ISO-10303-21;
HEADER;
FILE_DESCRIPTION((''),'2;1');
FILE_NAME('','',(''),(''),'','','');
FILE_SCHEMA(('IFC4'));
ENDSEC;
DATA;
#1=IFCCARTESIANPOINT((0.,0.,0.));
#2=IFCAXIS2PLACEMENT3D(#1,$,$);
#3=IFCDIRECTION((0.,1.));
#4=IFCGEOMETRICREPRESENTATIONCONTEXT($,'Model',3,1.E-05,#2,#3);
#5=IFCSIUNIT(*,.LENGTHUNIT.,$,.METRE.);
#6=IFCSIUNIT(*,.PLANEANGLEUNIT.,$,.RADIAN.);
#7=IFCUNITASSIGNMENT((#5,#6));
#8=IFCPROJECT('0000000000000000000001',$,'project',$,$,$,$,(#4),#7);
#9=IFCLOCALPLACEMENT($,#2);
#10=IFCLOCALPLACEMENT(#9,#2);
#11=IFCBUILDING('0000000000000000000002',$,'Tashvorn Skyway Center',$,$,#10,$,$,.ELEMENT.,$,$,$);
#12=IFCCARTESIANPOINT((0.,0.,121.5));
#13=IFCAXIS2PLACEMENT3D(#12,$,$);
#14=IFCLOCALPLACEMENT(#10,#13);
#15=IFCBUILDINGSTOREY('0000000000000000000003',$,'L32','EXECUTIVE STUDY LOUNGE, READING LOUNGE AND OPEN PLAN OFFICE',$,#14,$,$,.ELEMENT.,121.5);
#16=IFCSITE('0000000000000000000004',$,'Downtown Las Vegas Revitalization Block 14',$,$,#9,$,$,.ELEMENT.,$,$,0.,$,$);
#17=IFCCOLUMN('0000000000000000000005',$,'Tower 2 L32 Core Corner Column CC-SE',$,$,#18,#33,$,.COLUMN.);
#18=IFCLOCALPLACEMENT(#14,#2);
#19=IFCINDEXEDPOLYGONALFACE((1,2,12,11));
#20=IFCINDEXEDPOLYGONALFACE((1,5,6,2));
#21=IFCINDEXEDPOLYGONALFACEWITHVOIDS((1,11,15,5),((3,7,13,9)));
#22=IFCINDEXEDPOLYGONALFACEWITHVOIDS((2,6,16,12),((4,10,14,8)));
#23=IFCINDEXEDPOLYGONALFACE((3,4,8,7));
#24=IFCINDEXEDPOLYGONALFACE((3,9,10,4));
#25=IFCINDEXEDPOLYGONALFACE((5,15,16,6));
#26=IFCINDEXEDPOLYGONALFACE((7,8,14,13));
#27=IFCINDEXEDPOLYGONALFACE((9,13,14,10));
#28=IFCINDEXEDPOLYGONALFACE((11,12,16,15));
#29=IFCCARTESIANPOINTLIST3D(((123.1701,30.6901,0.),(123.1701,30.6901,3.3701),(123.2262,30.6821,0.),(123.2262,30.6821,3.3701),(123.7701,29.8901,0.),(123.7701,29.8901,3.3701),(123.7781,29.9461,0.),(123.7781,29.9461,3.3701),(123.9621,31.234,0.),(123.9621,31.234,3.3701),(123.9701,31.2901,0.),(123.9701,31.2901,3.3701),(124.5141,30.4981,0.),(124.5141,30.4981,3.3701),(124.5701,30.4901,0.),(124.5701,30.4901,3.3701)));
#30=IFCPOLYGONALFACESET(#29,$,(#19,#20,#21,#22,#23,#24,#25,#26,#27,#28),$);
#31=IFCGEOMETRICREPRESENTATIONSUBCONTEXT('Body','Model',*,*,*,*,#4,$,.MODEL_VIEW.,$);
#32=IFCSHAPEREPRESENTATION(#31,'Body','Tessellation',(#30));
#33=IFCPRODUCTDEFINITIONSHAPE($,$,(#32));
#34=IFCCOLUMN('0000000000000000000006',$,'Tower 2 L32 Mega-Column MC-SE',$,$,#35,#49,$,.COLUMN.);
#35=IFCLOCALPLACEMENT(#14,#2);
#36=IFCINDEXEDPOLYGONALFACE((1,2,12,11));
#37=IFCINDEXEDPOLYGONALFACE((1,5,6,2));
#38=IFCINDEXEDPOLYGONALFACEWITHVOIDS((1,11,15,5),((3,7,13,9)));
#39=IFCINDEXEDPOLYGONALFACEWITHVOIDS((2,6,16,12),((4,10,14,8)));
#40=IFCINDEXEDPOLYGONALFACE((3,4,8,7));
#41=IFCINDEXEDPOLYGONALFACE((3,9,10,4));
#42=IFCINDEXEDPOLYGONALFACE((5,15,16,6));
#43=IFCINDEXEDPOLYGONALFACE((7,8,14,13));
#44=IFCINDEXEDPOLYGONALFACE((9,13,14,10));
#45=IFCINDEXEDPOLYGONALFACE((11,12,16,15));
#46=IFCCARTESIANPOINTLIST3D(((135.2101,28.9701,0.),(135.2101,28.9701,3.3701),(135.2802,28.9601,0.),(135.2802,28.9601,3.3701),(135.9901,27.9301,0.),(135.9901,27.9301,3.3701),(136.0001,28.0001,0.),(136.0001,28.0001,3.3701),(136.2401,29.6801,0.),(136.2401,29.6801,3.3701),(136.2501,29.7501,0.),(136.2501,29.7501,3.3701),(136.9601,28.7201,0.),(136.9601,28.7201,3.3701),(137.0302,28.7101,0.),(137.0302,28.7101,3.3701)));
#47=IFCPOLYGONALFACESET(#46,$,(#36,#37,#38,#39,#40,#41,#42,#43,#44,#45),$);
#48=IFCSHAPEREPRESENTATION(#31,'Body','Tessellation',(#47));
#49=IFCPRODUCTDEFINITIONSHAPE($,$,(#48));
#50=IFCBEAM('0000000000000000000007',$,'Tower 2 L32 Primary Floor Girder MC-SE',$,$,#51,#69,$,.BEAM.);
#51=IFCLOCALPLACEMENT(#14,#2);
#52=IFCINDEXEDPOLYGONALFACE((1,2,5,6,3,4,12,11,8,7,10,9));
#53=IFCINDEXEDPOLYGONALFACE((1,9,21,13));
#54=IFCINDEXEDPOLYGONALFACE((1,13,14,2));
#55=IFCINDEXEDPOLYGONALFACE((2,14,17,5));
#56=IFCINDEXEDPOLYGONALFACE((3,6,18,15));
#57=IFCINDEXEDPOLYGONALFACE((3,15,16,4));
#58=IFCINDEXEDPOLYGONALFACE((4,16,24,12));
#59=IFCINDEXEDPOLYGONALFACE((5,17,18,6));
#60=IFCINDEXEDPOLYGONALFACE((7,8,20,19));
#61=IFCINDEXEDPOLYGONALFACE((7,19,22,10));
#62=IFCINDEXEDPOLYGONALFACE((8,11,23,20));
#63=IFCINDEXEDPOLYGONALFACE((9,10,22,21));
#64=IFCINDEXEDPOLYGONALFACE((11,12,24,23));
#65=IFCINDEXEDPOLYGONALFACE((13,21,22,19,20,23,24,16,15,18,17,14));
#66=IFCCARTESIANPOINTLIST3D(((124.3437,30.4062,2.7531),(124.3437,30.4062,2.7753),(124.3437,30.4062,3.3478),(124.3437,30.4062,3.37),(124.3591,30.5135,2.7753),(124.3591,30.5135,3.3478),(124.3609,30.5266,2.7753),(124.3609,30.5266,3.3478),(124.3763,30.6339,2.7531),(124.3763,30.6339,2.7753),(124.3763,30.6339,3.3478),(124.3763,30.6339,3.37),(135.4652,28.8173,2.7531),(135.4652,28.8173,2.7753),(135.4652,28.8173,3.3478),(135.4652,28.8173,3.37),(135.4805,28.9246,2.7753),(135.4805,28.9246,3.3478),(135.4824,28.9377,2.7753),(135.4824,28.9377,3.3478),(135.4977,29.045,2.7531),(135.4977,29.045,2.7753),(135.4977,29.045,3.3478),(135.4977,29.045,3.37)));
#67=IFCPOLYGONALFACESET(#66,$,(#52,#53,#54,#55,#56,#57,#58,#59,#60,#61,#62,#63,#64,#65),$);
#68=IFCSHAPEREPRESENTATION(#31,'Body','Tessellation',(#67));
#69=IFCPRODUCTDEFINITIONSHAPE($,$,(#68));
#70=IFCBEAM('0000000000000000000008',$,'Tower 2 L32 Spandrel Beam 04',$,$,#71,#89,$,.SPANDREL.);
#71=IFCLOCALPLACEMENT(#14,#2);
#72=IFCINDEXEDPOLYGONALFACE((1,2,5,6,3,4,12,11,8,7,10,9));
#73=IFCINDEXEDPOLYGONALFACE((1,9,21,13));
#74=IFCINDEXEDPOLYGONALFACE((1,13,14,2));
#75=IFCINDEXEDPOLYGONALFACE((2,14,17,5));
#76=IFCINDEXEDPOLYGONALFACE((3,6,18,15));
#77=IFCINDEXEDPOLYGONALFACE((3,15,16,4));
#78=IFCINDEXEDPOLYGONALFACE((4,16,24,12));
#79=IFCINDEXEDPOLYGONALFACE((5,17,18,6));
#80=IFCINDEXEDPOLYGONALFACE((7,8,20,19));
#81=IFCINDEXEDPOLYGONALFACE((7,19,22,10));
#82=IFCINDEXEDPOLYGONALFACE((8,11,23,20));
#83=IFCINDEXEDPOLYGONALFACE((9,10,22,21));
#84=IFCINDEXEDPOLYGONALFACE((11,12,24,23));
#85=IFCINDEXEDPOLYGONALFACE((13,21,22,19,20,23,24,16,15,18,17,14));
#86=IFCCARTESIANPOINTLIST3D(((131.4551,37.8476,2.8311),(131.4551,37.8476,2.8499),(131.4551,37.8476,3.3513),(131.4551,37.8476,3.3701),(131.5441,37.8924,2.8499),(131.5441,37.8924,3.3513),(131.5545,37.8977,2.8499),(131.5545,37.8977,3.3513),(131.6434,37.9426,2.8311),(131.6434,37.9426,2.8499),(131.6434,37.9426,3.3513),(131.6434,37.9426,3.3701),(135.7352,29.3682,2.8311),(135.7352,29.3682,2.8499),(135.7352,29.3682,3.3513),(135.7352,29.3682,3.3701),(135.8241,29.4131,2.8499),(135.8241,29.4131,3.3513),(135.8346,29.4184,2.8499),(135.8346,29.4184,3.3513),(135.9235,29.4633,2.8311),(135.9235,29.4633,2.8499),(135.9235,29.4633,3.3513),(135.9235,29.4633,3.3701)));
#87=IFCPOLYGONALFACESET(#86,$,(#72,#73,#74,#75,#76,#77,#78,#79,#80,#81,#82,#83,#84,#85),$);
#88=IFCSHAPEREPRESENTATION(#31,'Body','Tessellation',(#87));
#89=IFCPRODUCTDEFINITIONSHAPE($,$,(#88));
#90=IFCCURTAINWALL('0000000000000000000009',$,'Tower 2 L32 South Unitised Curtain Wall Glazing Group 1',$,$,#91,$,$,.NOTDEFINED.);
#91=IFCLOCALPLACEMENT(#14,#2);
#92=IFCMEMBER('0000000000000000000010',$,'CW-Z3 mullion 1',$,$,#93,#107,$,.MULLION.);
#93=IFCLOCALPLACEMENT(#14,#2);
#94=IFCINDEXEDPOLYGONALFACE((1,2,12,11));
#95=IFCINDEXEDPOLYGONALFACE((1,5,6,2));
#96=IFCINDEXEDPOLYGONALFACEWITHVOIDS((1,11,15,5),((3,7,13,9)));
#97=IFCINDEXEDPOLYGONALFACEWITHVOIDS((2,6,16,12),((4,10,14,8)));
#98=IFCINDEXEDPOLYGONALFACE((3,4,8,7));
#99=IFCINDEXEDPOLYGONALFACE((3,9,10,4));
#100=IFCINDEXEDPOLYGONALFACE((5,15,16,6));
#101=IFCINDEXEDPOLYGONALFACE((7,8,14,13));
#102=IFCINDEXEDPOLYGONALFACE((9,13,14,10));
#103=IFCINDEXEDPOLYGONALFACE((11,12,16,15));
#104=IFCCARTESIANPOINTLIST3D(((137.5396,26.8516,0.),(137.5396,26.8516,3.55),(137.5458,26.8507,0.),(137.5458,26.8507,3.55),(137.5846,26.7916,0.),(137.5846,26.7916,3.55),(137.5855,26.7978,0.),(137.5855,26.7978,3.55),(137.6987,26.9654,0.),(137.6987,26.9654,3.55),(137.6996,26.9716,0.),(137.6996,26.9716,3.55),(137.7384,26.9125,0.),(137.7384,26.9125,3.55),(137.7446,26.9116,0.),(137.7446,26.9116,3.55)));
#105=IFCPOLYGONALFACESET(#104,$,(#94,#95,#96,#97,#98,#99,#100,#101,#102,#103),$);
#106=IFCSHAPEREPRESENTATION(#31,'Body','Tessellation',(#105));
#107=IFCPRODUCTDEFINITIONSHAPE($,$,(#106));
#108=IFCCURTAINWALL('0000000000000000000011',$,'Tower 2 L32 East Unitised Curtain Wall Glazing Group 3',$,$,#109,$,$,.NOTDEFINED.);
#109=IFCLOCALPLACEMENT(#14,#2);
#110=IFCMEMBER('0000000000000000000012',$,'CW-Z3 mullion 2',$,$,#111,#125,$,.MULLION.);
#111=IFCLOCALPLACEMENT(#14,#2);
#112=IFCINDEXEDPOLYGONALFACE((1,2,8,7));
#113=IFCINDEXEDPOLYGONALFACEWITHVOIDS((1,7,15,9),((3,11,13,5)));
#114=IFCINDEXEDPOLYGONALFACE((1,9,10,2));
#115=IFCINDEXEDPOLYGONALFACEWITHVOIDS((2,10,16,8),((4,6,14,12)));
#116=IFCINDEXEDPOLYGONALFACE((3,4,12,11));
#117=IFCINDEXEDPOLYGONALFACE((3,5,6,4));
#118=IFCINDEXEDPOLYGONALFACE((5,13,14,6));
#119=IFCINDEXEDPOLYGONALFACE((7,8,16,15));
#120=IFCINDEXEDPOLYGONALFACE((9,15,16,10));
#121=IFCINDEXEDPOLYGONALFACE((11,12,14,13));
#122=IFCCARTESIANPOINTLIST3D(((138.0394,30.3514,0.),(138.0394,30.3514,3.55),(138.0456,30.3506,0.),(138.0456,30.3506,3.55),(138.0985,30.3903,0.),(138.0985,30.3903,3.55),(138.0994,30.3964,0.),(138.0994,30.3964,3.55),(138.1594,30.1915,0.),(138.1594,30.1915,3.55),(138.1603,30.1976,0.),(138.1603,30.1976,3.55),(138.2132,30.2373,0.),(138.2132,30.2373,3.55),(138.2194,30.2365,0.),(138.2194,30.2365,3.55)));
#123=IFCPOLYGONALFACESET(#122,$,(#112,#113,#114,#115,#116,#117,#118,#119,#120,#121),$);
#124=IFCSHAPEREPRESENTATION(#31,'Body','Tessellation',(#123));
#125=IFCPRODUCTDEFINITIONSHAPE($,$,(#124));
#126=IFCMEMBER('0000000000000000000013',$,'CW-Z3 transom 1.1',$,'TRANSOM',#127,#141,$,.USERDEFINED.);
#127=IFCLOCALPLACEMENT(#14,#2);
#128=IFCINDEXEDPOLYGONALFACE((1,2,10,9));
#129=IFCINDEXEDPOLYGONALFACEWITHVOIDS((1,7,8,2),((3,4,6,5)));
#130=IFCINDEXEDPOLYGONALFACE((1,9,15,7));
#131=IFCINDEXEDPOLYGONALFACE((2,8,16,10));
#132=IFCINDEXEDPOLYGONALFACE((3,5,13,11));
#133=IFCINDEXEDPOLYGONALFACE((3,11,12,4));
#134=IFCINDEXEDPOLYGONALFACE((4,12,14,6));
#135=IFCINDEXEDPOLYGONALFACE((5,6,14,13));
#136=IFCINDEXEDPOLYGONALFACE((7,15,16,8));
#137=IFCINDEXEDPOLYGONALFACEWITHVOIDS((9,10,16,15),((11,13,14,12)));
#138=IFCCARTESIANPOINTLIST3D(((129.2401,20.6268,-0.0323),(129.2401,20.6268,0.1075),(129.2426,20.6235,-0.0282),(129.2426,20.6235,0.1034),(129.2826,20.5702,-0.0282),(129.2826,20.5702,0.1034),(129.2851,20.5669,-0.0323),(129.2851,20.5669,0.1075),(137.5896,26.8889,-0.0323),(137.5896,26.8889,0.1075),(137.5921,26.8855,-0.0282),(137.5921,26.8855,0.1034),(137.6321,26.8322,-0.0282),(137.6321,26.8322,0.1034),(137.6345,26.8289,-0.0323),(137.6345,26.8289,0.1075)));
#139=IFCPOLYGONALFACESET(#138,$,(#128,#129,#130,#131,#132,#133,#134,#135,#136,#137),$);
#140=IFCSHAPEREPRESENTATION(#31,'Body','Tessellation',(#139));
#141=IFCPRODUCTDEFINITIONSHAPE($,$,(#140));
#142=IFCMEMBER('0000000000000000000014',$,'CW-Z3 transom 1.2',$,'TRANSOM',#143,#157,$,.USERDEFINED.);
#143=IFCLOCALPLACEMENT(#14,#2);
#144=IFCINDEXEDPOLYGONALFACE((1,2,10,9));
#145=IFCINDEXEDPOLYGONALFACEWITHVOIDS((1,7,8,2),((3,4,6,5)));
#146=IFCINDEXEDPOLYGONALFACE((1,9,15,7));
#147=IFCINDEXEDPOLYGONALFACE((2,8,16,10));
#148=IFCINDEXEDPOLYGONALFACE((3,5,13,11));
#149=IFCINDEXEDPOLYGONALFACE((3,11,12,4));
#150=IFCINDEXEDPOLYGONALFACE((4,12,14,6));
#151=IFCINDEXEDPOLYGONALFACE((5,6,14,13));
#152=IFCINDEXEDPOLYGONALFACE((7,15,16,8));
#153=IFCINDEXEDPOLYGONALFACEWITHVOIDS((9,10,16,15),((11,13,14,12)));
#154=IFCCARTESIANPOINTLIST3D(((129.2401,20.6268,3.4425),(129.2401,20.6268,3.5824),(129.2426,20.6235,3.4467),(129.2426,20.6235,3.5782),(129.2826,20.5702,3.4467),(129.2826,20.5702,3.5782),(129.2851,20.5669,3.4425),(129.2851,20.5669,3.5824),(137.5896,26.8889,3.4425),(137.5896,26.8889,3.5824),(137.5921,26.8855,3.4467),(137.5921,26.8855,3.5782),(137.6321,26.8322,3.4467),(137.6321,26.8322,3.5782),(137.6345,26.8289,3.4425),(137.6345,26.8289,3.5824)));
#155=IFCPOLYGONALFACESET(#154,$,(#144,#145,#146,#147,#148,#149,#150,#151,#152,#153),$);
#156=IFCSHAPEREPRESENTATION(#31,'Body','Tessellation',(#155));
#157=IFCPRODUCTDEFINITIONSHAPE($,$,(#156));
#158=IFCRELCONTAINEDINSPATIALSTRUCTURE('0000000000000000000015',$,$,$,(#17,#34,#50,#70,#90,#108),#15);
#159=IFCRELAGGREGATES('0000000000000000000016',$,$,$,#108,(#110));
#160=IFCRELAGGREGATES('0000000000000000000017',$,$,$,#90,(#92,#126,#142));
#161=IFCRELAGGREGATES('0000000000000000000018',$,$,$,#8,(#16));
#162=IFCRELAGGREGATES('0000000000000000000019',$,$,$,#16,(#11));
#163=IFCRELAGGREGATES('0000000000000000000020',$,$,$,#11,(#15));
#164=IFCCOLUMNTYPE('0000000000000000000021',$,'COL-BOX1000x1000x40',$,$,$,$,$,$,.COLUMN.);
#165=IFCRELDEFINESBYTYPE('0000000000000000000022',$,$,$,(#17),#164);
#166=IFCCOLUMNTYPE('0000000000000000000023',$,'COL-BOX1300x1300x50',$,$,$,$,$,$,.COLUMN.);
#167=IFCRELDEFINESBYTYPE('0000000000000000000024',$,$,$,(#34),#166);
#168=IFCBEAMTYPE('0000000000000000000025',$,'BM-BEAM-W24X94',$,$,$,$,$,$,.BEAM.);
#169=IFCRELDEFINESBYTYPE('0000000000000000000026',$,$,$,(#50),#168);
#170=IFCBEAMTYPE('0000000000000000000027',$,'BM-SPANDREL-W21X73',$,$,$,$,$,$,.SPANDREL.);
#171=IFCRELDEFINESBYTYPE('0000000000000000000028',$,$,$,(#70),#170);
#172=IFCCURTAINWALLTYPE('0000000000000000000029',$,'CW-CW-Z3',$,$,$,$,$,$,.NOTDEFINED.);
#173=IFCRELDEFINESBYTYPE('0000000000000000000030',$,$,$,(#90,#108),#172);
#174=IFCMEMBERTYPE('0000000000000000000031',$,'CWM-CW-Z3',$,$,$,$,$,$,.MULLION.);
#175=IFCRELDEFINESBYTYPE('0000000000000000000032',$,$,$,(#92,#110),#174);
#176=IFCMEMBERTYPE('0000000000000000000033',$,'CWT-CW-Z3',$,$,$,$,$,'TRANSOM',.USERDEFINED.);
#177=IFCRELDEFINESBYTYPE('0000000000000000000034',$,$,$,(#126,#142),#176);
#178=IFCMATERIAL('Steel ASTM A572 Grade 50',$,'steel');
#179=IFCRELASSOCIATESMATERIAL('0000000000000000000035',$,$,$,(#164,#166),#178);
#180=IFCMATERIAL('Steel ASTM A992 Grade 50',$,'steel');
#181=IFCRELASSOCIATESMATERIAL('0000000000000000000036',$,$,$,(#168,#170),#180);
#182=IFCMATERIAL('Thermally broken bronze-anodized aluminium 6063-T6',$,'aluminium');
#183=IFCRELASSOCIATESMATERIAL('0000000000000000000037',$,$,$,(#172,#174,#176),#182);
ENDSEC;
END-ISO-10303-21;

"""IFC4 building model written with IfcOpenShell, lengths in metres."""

from ifc_helpers import new_model, si_unit, direction, frame, origin, origin_2d, place, context, subcontext, project, spatial, hollow_rectangle, i_section, extrude, material, material_profile, profile_set, type_object, element, aggregate, save


model = new_model("IFC4")

# Units and contexts
model_context = context("Model", 3, precision=1e-05, world=origin(), true_north=direction((0.0, 1.0)))
body_context = subcontext(model_context, "Body", "Model", "MODEL_VIEW")
ifc_project = project(units=[si_unit("LENGTHUNIT", "METRE"), si_unit("PLANEANGLEUNIT", "RADIAN")], contexts=[model_context])

# Site, building, storey
site_placement = place(None, origin())
site = spatial("IfcSite", under=ifc_project, at=site_placement, Name="Downtown Las Vegas Revitalization Block 14", CompositionType="ELEMENT", RefElevation=0.0)
building_placement = place(site_placement, origin())
building = spatial("IfcBuilding", under=site, at=building_placement, Name="Tashvorn Skyway Center", CompositionType="ELEMENT")
storey_placement = place(building_placement, frame((0.0, 0.0, 121.5)))
storey = spatial("IfcBuildingStorey", under=building, at=storey_placement, Name="L32", Description="EXECUTIVE STUDY LOUNGE, READING LOUNGE AND OPEN PLAN OFFICE", CompositionType="ELEMENT", Elevation=121.5)

# Columns
ifc_material_1 = material(Name="Steel ASTM A572 Grade 50", Category="steel")
ifc_material_profile_1 = material_profile(ifc_material_1, hollow_rectangle(XDim=1.0, YDim=1.0, WallThickness=0.04, at=origin_2d()), Name="BOX1000x1000x40")
ifc_profile_set_1 = profile_set([ifc_material_profile_1], Name="Steel ASTM A572 Grade 50")
column_type_1 = type_object("IfcColumnType", Name="COL-BOX1000x1000x40", PredefinedType="COLUMN", material=ifc_profile_set_1)
column_1_placement = place(storey_placement, frame((123.8701, 30.5901, 0.0), z_axis=(0.0, 0.0, 1.0), x_axis=(0.8, 0.6, 0.0)))
element("IfcColumn", 1, at=column_1_placement, inside=storey, type_object=column_type_1, Name="Tower 2 L32 Core Corner Column CC-SE", PredefinedType="COLUMN", context=body_context, shape_type="SweptSolid", body=[
    extrude(hollow_rectangle(XDim=1.0, YDim=1.0, WallThickness=0.04, at=origin_2d()), origin(), (0.0, 0.0, 1.0), 3.3701),
])
ifc_material_profile_2 = material_profile(ifc_material_1, hollow_rectangle(XDim=1.3, YDim=1.3, WallThickness=0.05, at=origin_2d()), Name="BOX1300x1300x50")
ifc_profile_set_2 = profile_set([ifc_material_profile_2], Name="Steel ASTM A572 Grade 50")
column_type_2 = type_object("IfcColumnType", Name="COL-BOX1300x1300x50", PredefinedType="COLUMN", material=ifc_profile_set_2)
column_2_placement = place(storey_placement, frame((136.1201, 28.8401, 0.0), z_axis=(0.0, 0.0, 1.0), x_axis=(0.8, 0.6, 0.0)))
element("IfcColumn", 2, at=column_2_placement, inside=storey, type_object=column_type_2, Name="Tower 2 L32 Mega-Column MC-SE", PredefinedType="COLUMN", context=body_context, shape_type="SweptSolid", body=[
    extrude(hollow_rectangle(XDim=1.3, YDim=1.3, WallThickness=0.05, at=origin_2d()), origin(), (0.0, 0.0, 1.0), 3.3701),
])

# Beams
ifc_material_2 = material(Name="Steel ASTM A992 Grade 50", Category="steel")
ifc_material_profile_3 = material_profile(ifc_material_2, i_section(OverallWidth=0.23, OverallDepth=0.6169, WebThickness=0.0132, FlangeThickness=0.0222, at=origin_2d()), Name="W24X94")
ifc_profile_set_3 = profile_set([ifc_material_profile_3], Name="Steel ASTM A992 Grade 50")
beam_type_1 = type_object("IfcBeamType", Name="BM-BEAM-W24X94", PredefinedType="BEAM", material=ifc_profile_set_3)
beam_1_placement = place(storey_placement, frame((135.4814, 28.9312, 3.0615), z_axis=(-0.989948, 0.14143, 0.0), x_axis=(-0.14143, -0.989948, 0.0)))
element("IfcBeam", 3, at=beam_1_placement, inside=storey, type_object=beam_type_1, Name="Tower 2 L32 Primary Floor Girder MC-SE", PredefinedType="BEAM", context=body_context, shape_type="SweptSolid", body=[
    extrude(i_section(OverallWidth=0.23, OverallDepth=0.6169, WebThickness=0.0132, FlangeThickness=0.0222, at=origin_2d()), origin(), (0.0, 0.0, 1.0), 11.2344),
])
ifc_material_profile_4 = material_profile(ifc_material_2, i_section(OverallWidth=0.2109, OverallDepth=0.5391, WebThickness=0.0117, FlangeThickness=0.0188, at=origin_2d()), Name="W21X73")
ifc_profile_set_4 = profile_set([ifc_material_profile_4], Name="Steel ASTM A992 Grade 50")
beam_type_2 = type_object("IfcBeamType", Name="BM-SPANDREL-W21X73", PredefinedType="SPANDREL", material=ifc_profile_set_4)
beam_2_placement = place(storey_placement, frame((135.8293, 29.4158, 3.1006), z_axis=(-0.450614, 0.892719, 0.0), x_axis=(-0.892719, -0.450614, 0.0)))
element("IfcBeam", 4, at=beam_2_placement, inside=storey, type_object=beam_type_2, Name="Tower 2 L32 Spandrel Beam 04", PredefinedType="SPANDREL", context=body_context, shape_type="SweptSolid", body=[
    extrude(i_section(OverallWidth=0.2109, OverallDepth=0.5391, WebThickness=0.0117, FlangeThickness=0.0188, at=origin_2d()), origin(), (0.0, 0.0, 1.0), 9.4983),
])

# Curtain walls, members
ifc_material_3 = material(Name="Thermally broken bronze-anodized aluminium 6063-T6", Category="aluminium")
curtain_wall_type = type_object("IfcCurtainWallType", Name="CW-CW-Z3", PredefinedType="NOTDEFINED", material=ifc_material_3)
curtain_wall_1_placement = place(storey_placement, origin())
curtain_wall_1 = element("IfcCurtainWall", 5, at=curtain_wall_1_placement, inside=storey, type_object=curtain_wall_type, Name="Tower 2 L32 South Unitised Curtain Wall Glazing Group 1", PredefinedType="NOTDEFINED")
ifc_material_profile_5 = material_profile(ifc_material_3, hollow_rectangle(XDim=0.075, YDim=0.2, WallThickness=0.0044, at=origin_2d()), Name="ALU-MULL-75x200")
ifc_profile_set_5 = profile_set([ifc_material_profile_5], Name="Thermally broken bronze-anodized aluminium 6063-T6")
member_type_1 = type_object("IfcMemberType", Name="CWM-CW-Z3", PredefinedType="MULLION", material=ifc_profile_set_5)
member_1_placement = place(storey_placement, frame((137.6421, 26.8816, 0.0), z_axis=(0.0, 0.0, 1.0), x_axis=(0.600002, -0.799999, 0.0)))
member_1 = element("IfcMember", 6, at=member_1_placement, type_object=member_type_1, Name="CW-Z3 mullion 1", PredefinedType="MULLION", context=body_context, shape_type="SweptSolid", body=[
    extrude(hollow_rectangle(XDim=0.075, YDim=0.2, WallThickness=0.0044, at=origin_2d()), origin(), (0.0, 0.0, 1.0), 3.55),
])
curtain_wall_2_placement = place(storey_placement, origin())
curtain_wall_2 = element("IfcCurtainWall", 7, at=curtain_wall_2_placement, inside=storey, type_object=curtain_wall_type, Name="Tower 2 L32 East Unitised Curtain Wall Glazing Group 3", PredefinedType="NOTDEFINED")
member_2_placement = place(storey_placement, frame((138.1294, 30.2939, 0.0), z_axis=(0.0, 0.0, 1.0), x_axis=(0.799999, 0.600002, 0.0)))
member_2 = element("IfcMember", 8, at=member_2_placement, type_object=member_type_1, Name="CW-Z3 mullion 2", PredefinedType="MULLION", context=body_context, shape_type="SweptSolid", body=[
    extrude(hollow_rectangle(XDim=0.075, YDim=0.2, WallThickness=0.0044, at=origin_2d()), origin(), (0.0, 0.0, 1.0), 3.55),
])
aggregate(curtain_wall_2, [member_2])

# Members
ifc_material_profile_6 = material_profile(ifc_material_3, hollow_rectangle(XDim=0.075, YDim=0.1399, WallThickness=0.0042, at=origin_2d()), Name="ALU-TRAN-75x140")
ifc_profile_set_6 = profile_set([ifc_material_profile_6], Name="Thermally broken bronze-anodized aluminium 6063-T6")
member_type_2 = type_object("IfcMemberType", Name="CWT-CW-Z3", ElementType="TRANSOM", PredefinedType="USERDEFINED", material=ifc_profile_set_6)
member_3_placement = place(storey_placement, frame((137.6121, 26.8589, 0.0376), z_axis=(-0.800003, -0.599996, 0.0), x_axis=(0.599996, -0.800003, 0.0)))
member_3 = element("IfcMember", 9, at=member_3_placement, type_object=member_type_2, Name="CW-Z3 transom 1.1", ObjectType="TRANSOM", PredefinedType="USERDEFINED", context=body_context, shape_type="SweptSolid", body=[
    extrude(hollow_rectangle(XDim=0.075, YDim=0.1399, WallThickness=0.0042, at=origin_2d()), origin(), (0.0, 0.0, 1.0), 10.4368),
])
member_4_placement = place(storey_placement, frame((137.6121, 26.8589, 3.5125), z_axis=(-0.800003, -0.599996, 0.0), x_axis=(0.599996, -0.800003, 0.0)))
member_4 = element("IfcMember", 10, at=member_4_placement, type_object=member_type_2, Name="CW-Z3 transom 1.2", ObjectType="TRANSOM", PredefinedType="USERDEFINED", context=body_context, shape_type="SweptSolid", body=[
    extrude(hollow_rectangle(XDim=0.075, YDim=0.1399, WallThickness=0.0042, at=origin_2d()), origin(), (0.0, 0.0, 1.0), 10.4368),
])
aggregate(curtain_wall_1, [member_1, member_3, member_4])

save(model, "model.ifc")
